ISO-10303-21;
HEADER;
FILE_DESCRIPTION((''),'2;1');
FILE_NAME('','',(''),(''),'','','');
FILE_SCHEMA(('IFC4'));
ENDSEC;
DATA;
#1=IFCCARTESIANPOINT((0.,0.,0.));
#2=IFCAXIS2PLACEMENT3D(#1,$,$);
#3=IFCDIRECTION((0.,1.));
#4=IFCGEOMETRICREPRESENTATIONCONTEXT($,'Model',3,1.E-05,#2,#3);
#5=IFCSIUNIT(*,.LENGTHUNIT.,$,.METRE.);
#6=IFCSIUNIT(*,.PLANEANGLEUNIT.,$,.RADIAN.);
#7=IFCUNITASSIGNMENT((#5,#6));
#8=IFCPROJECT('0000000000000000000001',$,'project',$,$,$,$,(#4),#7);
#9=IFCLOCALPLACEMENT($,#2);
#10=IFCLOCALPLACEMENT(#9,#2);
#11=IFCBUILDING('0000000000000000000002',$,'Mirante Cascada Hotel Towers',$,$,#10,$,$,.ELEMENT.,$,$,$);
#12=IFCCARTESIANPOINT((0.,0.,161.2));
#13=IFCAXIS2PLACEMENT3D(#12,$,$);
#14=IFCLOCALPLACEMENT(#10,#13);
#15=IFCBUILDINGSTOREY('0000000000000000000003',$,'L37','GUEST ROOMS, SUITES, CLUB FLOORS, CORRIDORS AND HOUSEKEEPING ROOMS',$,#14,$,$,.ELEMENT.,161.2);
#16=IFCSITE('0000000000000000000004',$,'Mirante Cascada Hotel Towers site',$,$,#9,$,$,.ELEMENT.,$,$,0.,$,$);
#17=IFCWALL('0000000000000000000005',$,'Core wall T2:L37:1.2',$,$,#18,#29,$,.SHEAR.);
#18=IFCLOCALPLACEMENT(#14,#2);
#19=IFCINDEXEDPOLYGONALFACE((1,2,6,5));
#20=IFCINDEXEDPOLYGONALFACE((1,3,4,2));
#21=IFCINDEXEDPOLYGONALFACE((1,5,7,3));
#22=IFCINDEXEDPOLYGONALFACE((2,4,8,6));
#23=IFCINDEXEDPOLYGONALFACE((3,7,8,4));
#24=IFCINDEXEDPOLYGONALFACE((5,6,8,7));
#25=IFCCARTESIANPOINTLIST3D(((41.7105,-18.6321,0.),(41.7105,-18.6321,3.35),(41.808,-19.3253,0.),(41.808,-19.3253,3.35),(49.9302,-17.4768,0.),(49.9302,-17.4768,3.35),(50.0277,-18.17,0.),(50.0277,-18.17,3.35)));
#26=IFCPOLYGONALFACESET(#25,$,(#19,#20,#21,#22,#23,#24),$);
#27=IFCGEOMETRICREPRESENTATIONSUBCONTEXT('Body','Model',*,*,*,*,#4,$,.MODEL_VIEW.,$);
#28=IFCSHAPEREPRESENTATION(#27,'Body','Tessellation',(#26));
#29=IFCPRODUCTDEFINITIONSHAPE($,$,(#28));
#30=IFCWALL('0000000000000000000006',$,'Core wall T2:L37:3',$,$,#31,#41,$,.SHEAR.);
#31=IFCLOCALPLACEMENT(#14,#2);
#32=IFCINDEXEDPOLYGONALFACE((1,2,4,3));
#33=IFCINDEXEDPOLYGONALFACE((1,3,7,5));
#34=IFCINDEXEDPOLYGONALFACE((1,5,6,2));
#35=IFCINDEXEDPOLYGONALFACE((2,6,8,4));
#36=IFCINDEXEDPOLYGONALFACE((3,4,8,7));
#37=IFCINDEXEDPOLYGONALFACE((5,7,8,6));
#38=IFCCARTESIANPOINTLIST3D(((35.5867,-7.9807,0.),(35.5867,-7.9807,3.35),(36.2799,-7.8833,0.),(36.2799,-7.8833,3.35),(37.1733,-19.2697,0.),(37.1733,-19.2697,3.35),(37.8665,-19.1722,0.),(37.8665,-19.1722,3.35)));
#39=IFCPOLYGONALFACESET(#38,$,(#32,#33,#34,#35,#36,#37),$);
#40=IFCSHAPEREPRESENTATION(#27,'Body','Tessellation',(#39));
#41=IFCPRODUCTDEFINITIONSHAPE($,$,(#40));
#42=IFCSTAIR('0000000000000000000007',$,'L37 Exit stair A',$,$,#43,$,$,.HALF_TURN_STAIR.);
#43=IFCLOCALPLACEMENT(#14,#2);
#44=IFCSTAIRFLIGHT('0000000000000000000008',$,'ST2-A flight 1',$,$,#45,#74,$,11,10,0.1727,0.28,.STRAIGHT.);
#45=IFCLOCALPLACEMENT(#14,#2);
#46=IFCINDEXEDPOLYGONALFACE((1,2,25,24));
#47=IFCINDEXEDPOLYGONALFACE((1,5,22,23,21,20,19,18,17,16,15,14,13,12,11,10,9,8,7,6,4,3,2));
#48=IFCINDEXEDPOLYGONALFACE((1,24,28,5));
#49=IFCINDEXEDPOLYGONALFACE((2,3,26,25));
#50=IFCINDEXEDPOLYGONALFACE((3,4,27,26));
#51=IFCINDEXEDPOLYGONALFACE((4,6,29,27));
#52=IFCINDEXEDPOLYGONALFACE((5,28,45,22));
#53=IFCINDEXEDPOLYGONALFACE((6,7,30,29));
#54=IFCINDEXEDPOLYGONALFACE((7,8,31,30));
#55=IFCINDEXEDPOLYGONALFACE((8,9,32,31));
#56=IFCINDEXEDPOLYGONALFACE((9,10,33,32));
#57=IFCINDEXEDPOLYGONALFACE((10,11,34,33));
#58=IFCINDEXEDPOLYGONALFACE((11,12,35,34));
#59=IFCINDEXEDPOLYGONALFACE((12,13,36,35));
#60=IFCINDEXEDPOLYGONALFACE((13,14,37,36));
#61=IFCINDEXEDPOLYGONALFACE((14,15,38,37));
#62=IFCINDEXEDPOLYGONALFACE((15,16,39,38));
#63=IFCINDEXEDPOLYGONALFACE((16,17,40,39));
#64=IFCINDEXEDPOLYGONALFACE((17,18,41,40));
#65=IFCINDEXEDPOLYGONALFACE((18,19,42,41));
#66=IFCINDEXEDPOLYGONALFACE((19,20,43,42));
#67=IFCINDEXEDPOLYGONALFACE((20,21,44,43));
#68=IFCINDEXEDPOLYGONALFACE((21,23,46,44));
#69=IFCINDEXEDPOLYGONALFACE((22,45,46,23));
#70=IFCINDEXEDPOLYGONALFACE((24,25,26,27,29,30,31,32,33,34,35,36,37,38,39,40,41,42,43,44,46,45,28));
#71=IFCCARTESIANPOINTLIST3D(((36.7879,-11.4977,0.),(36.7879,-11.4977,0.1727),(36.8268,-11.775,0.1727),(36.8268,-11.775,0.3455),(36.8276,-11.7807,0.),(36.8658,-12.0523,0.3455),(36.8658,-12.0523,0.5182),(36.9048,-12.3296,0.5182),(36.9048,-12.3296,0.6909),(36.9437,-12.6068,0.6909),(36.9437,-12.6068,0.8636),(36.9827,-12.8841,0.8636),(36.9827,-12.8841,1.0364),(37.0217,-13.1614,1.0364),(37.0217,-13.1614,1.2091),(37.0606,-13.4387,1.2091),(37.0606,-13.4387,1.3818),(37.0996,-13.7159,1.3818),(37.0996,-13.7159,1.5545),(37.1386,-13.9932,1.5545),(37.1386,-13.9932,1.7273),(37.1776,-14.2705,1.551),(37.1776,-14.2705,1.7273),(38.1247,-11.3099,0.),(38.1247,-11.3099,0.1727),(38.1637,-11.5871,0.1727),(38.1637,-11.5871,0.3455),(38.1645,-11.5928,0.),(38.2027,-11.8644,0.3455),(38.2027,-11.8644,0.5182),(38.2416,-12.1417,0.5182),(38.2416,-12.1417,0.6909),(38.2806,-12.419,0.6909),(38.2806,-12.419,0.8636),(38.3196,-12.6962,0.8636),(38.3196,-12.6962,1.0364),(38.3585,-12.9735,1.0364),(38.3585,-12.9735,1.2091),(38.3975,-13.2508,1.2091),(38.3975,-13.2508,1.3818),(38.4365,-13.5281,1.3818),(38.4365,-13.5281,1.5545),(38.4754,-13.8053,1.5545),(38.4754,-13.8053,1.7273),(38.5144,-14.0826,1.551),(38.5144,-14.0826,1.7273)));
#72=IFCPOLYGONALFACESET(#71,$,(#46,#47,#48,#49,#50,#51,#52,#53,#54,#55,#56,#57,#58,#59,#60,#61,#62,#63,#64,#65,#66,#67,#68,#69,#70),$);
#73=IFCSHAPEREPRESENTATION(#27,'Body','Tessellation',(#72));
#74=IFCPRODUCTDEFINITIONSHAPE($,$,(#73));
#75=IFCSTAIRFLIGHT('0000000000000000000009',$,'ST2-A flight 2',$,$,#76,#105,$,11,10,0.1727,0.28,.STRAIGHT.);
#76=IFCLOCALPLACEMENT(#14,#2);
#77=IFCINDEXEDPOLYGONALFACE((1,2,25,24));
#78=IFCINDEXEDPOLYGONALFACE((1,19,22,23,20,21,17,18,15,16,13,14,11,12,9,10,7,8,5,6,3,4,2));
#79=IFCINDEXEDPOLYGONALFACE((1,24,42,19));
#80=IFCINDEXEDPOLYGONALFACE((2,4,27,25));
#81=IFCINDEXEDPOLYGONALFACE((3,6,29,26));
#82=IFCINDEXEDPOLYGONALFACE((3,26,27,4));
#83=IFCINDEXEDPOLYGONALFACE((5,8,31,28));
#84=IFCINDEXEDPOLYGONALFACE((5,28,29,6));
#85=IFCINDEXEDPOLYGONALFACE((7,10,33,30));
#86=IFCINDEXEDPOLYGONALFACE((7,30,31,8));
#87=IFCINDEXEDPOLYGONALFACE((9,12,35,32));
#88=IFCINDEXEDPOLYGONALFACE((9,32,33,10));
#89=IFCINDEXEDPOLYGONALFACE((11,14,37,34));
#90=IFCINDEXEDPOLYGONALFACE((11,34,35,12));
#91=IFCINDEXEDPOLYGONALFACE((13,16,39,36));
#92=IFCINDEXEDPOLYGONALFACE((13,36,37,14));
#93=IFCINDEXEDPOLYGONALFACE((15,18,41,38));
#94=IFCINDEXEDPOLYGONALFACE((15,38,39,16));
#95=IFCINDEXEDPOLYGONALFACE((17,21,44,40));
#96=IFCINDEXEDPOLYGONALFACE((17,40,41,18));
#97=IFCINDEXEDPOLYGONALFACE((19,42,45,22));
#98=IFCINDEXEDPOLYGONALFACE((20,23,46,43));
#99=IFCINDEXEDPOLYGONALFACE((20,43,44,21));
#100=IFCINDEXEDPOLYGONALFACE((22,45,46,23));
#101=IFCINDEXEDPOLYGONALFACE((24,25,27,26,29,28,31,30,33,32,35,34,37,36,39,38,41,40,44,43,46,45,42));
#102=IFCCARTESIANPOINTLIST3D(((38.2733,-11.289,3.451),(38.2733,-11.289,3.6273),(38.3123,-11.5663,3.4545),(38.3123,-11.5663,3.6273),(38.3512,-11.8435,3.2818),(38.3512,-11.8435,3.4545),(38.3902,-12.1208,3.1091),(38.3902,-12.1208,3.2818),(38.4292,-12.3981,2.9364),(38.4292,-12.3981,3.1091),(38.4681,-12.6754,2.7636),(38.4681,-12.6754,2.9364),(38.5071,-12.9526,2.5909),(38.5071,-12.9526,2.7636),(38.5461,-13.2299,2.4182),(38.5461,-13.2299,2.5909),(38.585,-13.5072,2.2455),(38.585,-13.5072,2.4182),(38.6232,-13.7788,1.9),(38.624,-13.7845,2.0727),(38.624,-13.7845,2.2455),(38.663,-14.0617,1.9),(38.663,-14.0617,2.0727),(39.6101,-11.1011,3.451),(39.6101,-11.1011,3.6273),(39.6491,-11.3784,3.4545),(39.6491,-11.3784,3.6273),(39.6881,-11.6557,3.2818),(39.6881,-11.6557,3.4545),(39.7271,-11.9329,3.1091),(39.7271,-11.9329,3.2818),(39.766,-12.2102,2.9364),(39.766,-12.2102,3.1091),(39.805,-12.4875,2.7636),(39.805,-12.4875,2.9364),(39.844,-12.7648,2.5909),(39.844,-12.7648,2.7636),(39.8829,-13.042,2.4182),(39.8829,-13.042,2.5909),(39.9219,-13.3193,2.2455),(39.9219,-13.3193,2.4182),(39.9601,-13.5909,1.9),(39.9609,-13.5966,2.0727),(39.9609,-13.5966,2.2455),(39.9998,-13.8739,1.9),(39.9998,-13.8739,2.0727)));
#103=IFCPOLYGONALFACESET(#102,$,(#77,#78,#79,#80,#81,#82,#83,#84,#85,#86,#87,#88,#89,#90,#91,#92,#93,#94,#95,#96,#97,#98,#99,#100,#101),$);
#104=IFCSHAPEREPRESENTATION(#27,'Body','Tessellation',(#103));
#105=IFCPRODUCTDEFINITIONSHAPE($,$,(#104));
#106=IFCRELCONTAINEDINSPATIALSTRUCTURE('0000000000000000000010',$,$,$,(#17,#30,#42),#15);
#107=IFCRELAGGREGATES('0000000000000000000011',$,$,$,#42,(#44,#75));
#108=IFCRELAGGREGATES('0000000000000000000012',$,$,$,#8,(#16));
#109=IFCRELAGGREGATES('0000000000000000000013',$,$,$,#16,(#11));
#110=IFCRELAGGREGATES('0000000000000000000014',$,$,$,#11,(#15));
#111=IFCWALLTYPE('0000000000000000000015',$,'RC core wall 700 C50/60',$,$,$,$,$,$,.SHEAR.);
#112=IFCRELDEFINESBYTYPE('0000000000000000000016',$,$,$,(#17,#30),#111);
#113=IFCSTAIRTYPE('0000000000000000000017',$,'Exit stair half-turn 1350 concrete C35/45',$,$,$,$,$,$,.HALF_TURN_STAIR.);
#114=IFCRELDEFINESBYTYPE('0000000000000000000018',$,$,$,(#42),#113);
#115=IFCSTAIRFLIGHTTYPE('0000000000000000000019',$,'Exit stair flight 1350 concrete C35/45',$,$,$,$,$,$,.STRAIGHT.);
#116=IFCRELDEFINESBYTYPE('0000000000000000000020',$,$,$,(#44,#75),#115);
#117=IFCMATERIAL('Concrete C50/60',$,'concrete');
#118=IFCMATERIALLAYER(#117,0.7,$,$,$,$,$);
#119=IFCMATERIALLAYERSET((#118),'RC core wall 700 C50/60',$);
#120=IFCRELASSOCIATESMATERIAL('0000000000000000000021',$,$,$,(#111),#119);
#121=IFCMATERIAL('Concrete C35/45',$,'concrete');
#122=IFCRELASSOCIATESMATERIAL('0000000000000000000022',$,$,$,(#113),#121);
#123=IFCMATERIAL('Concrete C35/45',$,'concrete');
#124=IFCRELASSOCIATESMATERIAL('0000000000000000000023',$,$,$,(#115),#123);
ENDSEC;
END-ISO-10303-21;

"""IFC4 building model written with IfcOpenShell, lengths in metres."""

from ifc_helpers import new_model, si_unit, direction, frame, frame_2d, origin, place, context, subcontext, project, spatial, polyline, rectangle, outline, extrude, material, layer, layer_set, type_object, element, aggregate, save


model = new_model("IFC4")

# Units and contexts
model_context = context("Model", 3, precision=1e-05, world=origin(), true_north=direction((0.0, 1.0)))
body_context = subcontext(model_context, "Body", "Model", "MODEL_VIEW")
ifc_project = project(units=[si_unit("LENGTHUNIT", "METRE"), si_unit("PLANEANGLEUNIT", "RADIAN")], contexts=[model_context])

# Site, building, storey
site_placement = place(None, origin())
site = spatial("IfcSite", under=ifc_project, at=site_placement, Name="Mirante Cascada Hotel Towers site", CompositionType="ELEMENT", RefElevation=0.0)
building_placement = place(site_placement, origin())
building = spatial("IfcBuilding", under=site, at=building_placement, Name="Mirante Cascada Hotel Towers", CompositionType="ELEMENT")
storey_placement = place(building_placement, frame((0.0, 0.0, 161.2)))
storey = spatial("IfcBuildingStorey", under=building, at=storey_placement, Name="L37", Description="GUEST ROOMS, SUITES, CLUB FLOORS, CORRIDORS AND HOUSEKEEPING ROOMS", CompositionType="ELEMENT", Elevation=161.2)

# Walls
ifc_material_1 = material(Name="Concrete C50/60", Category="concrete")
ifc_layer_1 = layer(ifc_material_1, 0.7)
ifc_layer_set_1 = layer_set([ifc_layer_1], Name="RC core wall 700 C50/60")
wall_type_1 = type_object("IfcWallType", Name="RC core wall 700 C50/60", PredefinedType="SHEAR", material=ifc_layer_set_1)
wall_1_placement = place(storey_placement, frame((41.7593, -18.9787, 0.0), z_axis=(0.0, 0.0, 1.0), x_axis=(0.990267, 0.139184, 0.0)))
element("IfcWall", 1, at=wall_1_placement, inside=storey, type_object=wall_type_1, Name="Core wall T2:L37:1.2", PredefinedType="SHEAR", context=body_context, shape_type="SweptSolid", body=[
    extrude(rectangle(XDim=8.3005, YDim=0.7, at=frame_2d((4.1502, 0.0))), origin(), (0.0, 0.0, 1.0), 3.35),
])
wall_2_placement = place(storey_placement, frame((37.5199, -19.221, 0.0), z_axis=(0.0, 0.0, 1.0), x_axis=(-0.139176, 0.990268, 0.0)))
element("IfcWall", 2, at=wall_2_placement, inside=storey, type_object=wall_type_1, Name="Core wall T2:L37:3", PredefinedType="SHEAR", context=body_context, shape_type="SweptSolid", body=[
    extrude(rectangle(XDim=11.3999, YDim=0.7, at=frame_2d((5.7, 0.0))), origin(), (0.0, 0.0, 1.0), 3.35),
])

# Stair, stair flights
ifc_material_2 = material(Name="Concrete C35/45", Category="concrete")
stair_type = type_object("IfcStairType", Name="Exit stair half-turn 1350 concrete C35/45", PredefinedType="HALF_TURN_STAIR", material=ifc_material_2)
stair_placement = place(storey_placement, origin())
stair = element("IfcStair", 3, at=stair_placement, inside=storey, type_object=stair_type, Name="L37 Exit stair A", PredefinedType="HALF_TURN_STAIR")
ifc_material_3 = material(Name="Concrete C35/45", Category="concrete")
stair_flight_type = type_object("IfcStairFlightType", Name="Exit stair flight 1350 concrete C35/45", PredefinedType="STRAIGHT", material=ifc_material_3)
stair_flight_1_placement = place(storey_placement, frame((37.4563, -11.4038, 0.0), z_axis=(0.0, 0.0, 1.0), x_axis=(0.139173, -0.990268, 0.0)))
stair_flight_1 = element("IfcStairFlight", 4, at=stair_flight_1_placement, type_object=stair_flight_type, Name="ST2-A flight 1", NumberOfRisers=11, NumberOfTreads=10, PredefinedType="STRAIGHT", RiserHeight=0.1727, TreadLength=0.28, context=body_context, shape_type="SweptSolid", body=[
    extrude(outline(polyline([(0.0, 0.0), (0.0, 0.1727), (0.28, 0.1727), (0.28, 0.3455), (0.56, 0.3455), (0.56, 0.5182), (0.84, 0.5182), (0.84, 0.6909), (1.12, 0.6909), (1.12, 0.8636), (1.4, 0.8636), (1.4, 1.0364), (1.68, 1.0364), (1.68, 1.2091), (1.96, 1.2091), (1.96, 1.3818), (2.24, 1.3818), (2.24, 1.5545), (2.52, 1.5545), (2.52, 1.7273), (2.8, 1.7273), (2.8, 1.9), (2.8, 1.551), (0.2857, 0.0), (0.0, 0.0)])), frame((0.0, 0.675, 0.0), z_axis=(0.0, -1.0, 0.0), x_axis=(1.0, 0.0, 0.0)), (0.0, 0.0, 1.0), 1.35),
])
stair_flight_2_placement = place(storey_placement, frame((39.3314, -13.9678, 1.9), z_axis=(0.0, 0.0, 1.0), x_axis=(-0.139173, 0.990268, 0.0)))
stair_flight_2 = element("IfcStairFlight", 5, at=stair_flight_2_placement, type_object=stair_flight_type, Name="ST2-A flight 2", NumberOfRisers=11, NumberOfTreads=10, PredefinedType="STRAIGHT", RiserHeight=0.1727, TreadLength=0.28, context=body_context, shape_type="SweptSolid", body=[
    extrude(outline(polyline([(0.0, 0.0), (0.0, 0.1727), (0.28, 0.1727), (0.28, 0.3455), (0.56, 0.3455), (0.56, 0.5182), (0.84, 0.5182), (0.84, 0.6909), (1.12, 0.6909), (1.12, 0.8636), (1.4, 0.8636), (1.4, 1.0364), (1.68, 1.0364), (1.68, 1.2091), (1.96, 1.2091), (1.96, 1.3818), (2.24, 1.3818), (2.24, 1.5545), (2.52, 1.5545), (2.52, 1.7273), (2.8, 1.7273), (2.8, 1.9), (2.8, 1.551), (0.2857, 0.0), (0.0, 0.0)])), frame((0.0, 0.675, 0.0), z_axis=(0.0, -1.0, 0.0), x_axis=(1.0, 0.0, 0.0)), (0.0, 0.0, 1.0), 1.35),
])
aggregate(stair, [stair_flight_1, stair_flight_2])

save(model, "model.ifc")
